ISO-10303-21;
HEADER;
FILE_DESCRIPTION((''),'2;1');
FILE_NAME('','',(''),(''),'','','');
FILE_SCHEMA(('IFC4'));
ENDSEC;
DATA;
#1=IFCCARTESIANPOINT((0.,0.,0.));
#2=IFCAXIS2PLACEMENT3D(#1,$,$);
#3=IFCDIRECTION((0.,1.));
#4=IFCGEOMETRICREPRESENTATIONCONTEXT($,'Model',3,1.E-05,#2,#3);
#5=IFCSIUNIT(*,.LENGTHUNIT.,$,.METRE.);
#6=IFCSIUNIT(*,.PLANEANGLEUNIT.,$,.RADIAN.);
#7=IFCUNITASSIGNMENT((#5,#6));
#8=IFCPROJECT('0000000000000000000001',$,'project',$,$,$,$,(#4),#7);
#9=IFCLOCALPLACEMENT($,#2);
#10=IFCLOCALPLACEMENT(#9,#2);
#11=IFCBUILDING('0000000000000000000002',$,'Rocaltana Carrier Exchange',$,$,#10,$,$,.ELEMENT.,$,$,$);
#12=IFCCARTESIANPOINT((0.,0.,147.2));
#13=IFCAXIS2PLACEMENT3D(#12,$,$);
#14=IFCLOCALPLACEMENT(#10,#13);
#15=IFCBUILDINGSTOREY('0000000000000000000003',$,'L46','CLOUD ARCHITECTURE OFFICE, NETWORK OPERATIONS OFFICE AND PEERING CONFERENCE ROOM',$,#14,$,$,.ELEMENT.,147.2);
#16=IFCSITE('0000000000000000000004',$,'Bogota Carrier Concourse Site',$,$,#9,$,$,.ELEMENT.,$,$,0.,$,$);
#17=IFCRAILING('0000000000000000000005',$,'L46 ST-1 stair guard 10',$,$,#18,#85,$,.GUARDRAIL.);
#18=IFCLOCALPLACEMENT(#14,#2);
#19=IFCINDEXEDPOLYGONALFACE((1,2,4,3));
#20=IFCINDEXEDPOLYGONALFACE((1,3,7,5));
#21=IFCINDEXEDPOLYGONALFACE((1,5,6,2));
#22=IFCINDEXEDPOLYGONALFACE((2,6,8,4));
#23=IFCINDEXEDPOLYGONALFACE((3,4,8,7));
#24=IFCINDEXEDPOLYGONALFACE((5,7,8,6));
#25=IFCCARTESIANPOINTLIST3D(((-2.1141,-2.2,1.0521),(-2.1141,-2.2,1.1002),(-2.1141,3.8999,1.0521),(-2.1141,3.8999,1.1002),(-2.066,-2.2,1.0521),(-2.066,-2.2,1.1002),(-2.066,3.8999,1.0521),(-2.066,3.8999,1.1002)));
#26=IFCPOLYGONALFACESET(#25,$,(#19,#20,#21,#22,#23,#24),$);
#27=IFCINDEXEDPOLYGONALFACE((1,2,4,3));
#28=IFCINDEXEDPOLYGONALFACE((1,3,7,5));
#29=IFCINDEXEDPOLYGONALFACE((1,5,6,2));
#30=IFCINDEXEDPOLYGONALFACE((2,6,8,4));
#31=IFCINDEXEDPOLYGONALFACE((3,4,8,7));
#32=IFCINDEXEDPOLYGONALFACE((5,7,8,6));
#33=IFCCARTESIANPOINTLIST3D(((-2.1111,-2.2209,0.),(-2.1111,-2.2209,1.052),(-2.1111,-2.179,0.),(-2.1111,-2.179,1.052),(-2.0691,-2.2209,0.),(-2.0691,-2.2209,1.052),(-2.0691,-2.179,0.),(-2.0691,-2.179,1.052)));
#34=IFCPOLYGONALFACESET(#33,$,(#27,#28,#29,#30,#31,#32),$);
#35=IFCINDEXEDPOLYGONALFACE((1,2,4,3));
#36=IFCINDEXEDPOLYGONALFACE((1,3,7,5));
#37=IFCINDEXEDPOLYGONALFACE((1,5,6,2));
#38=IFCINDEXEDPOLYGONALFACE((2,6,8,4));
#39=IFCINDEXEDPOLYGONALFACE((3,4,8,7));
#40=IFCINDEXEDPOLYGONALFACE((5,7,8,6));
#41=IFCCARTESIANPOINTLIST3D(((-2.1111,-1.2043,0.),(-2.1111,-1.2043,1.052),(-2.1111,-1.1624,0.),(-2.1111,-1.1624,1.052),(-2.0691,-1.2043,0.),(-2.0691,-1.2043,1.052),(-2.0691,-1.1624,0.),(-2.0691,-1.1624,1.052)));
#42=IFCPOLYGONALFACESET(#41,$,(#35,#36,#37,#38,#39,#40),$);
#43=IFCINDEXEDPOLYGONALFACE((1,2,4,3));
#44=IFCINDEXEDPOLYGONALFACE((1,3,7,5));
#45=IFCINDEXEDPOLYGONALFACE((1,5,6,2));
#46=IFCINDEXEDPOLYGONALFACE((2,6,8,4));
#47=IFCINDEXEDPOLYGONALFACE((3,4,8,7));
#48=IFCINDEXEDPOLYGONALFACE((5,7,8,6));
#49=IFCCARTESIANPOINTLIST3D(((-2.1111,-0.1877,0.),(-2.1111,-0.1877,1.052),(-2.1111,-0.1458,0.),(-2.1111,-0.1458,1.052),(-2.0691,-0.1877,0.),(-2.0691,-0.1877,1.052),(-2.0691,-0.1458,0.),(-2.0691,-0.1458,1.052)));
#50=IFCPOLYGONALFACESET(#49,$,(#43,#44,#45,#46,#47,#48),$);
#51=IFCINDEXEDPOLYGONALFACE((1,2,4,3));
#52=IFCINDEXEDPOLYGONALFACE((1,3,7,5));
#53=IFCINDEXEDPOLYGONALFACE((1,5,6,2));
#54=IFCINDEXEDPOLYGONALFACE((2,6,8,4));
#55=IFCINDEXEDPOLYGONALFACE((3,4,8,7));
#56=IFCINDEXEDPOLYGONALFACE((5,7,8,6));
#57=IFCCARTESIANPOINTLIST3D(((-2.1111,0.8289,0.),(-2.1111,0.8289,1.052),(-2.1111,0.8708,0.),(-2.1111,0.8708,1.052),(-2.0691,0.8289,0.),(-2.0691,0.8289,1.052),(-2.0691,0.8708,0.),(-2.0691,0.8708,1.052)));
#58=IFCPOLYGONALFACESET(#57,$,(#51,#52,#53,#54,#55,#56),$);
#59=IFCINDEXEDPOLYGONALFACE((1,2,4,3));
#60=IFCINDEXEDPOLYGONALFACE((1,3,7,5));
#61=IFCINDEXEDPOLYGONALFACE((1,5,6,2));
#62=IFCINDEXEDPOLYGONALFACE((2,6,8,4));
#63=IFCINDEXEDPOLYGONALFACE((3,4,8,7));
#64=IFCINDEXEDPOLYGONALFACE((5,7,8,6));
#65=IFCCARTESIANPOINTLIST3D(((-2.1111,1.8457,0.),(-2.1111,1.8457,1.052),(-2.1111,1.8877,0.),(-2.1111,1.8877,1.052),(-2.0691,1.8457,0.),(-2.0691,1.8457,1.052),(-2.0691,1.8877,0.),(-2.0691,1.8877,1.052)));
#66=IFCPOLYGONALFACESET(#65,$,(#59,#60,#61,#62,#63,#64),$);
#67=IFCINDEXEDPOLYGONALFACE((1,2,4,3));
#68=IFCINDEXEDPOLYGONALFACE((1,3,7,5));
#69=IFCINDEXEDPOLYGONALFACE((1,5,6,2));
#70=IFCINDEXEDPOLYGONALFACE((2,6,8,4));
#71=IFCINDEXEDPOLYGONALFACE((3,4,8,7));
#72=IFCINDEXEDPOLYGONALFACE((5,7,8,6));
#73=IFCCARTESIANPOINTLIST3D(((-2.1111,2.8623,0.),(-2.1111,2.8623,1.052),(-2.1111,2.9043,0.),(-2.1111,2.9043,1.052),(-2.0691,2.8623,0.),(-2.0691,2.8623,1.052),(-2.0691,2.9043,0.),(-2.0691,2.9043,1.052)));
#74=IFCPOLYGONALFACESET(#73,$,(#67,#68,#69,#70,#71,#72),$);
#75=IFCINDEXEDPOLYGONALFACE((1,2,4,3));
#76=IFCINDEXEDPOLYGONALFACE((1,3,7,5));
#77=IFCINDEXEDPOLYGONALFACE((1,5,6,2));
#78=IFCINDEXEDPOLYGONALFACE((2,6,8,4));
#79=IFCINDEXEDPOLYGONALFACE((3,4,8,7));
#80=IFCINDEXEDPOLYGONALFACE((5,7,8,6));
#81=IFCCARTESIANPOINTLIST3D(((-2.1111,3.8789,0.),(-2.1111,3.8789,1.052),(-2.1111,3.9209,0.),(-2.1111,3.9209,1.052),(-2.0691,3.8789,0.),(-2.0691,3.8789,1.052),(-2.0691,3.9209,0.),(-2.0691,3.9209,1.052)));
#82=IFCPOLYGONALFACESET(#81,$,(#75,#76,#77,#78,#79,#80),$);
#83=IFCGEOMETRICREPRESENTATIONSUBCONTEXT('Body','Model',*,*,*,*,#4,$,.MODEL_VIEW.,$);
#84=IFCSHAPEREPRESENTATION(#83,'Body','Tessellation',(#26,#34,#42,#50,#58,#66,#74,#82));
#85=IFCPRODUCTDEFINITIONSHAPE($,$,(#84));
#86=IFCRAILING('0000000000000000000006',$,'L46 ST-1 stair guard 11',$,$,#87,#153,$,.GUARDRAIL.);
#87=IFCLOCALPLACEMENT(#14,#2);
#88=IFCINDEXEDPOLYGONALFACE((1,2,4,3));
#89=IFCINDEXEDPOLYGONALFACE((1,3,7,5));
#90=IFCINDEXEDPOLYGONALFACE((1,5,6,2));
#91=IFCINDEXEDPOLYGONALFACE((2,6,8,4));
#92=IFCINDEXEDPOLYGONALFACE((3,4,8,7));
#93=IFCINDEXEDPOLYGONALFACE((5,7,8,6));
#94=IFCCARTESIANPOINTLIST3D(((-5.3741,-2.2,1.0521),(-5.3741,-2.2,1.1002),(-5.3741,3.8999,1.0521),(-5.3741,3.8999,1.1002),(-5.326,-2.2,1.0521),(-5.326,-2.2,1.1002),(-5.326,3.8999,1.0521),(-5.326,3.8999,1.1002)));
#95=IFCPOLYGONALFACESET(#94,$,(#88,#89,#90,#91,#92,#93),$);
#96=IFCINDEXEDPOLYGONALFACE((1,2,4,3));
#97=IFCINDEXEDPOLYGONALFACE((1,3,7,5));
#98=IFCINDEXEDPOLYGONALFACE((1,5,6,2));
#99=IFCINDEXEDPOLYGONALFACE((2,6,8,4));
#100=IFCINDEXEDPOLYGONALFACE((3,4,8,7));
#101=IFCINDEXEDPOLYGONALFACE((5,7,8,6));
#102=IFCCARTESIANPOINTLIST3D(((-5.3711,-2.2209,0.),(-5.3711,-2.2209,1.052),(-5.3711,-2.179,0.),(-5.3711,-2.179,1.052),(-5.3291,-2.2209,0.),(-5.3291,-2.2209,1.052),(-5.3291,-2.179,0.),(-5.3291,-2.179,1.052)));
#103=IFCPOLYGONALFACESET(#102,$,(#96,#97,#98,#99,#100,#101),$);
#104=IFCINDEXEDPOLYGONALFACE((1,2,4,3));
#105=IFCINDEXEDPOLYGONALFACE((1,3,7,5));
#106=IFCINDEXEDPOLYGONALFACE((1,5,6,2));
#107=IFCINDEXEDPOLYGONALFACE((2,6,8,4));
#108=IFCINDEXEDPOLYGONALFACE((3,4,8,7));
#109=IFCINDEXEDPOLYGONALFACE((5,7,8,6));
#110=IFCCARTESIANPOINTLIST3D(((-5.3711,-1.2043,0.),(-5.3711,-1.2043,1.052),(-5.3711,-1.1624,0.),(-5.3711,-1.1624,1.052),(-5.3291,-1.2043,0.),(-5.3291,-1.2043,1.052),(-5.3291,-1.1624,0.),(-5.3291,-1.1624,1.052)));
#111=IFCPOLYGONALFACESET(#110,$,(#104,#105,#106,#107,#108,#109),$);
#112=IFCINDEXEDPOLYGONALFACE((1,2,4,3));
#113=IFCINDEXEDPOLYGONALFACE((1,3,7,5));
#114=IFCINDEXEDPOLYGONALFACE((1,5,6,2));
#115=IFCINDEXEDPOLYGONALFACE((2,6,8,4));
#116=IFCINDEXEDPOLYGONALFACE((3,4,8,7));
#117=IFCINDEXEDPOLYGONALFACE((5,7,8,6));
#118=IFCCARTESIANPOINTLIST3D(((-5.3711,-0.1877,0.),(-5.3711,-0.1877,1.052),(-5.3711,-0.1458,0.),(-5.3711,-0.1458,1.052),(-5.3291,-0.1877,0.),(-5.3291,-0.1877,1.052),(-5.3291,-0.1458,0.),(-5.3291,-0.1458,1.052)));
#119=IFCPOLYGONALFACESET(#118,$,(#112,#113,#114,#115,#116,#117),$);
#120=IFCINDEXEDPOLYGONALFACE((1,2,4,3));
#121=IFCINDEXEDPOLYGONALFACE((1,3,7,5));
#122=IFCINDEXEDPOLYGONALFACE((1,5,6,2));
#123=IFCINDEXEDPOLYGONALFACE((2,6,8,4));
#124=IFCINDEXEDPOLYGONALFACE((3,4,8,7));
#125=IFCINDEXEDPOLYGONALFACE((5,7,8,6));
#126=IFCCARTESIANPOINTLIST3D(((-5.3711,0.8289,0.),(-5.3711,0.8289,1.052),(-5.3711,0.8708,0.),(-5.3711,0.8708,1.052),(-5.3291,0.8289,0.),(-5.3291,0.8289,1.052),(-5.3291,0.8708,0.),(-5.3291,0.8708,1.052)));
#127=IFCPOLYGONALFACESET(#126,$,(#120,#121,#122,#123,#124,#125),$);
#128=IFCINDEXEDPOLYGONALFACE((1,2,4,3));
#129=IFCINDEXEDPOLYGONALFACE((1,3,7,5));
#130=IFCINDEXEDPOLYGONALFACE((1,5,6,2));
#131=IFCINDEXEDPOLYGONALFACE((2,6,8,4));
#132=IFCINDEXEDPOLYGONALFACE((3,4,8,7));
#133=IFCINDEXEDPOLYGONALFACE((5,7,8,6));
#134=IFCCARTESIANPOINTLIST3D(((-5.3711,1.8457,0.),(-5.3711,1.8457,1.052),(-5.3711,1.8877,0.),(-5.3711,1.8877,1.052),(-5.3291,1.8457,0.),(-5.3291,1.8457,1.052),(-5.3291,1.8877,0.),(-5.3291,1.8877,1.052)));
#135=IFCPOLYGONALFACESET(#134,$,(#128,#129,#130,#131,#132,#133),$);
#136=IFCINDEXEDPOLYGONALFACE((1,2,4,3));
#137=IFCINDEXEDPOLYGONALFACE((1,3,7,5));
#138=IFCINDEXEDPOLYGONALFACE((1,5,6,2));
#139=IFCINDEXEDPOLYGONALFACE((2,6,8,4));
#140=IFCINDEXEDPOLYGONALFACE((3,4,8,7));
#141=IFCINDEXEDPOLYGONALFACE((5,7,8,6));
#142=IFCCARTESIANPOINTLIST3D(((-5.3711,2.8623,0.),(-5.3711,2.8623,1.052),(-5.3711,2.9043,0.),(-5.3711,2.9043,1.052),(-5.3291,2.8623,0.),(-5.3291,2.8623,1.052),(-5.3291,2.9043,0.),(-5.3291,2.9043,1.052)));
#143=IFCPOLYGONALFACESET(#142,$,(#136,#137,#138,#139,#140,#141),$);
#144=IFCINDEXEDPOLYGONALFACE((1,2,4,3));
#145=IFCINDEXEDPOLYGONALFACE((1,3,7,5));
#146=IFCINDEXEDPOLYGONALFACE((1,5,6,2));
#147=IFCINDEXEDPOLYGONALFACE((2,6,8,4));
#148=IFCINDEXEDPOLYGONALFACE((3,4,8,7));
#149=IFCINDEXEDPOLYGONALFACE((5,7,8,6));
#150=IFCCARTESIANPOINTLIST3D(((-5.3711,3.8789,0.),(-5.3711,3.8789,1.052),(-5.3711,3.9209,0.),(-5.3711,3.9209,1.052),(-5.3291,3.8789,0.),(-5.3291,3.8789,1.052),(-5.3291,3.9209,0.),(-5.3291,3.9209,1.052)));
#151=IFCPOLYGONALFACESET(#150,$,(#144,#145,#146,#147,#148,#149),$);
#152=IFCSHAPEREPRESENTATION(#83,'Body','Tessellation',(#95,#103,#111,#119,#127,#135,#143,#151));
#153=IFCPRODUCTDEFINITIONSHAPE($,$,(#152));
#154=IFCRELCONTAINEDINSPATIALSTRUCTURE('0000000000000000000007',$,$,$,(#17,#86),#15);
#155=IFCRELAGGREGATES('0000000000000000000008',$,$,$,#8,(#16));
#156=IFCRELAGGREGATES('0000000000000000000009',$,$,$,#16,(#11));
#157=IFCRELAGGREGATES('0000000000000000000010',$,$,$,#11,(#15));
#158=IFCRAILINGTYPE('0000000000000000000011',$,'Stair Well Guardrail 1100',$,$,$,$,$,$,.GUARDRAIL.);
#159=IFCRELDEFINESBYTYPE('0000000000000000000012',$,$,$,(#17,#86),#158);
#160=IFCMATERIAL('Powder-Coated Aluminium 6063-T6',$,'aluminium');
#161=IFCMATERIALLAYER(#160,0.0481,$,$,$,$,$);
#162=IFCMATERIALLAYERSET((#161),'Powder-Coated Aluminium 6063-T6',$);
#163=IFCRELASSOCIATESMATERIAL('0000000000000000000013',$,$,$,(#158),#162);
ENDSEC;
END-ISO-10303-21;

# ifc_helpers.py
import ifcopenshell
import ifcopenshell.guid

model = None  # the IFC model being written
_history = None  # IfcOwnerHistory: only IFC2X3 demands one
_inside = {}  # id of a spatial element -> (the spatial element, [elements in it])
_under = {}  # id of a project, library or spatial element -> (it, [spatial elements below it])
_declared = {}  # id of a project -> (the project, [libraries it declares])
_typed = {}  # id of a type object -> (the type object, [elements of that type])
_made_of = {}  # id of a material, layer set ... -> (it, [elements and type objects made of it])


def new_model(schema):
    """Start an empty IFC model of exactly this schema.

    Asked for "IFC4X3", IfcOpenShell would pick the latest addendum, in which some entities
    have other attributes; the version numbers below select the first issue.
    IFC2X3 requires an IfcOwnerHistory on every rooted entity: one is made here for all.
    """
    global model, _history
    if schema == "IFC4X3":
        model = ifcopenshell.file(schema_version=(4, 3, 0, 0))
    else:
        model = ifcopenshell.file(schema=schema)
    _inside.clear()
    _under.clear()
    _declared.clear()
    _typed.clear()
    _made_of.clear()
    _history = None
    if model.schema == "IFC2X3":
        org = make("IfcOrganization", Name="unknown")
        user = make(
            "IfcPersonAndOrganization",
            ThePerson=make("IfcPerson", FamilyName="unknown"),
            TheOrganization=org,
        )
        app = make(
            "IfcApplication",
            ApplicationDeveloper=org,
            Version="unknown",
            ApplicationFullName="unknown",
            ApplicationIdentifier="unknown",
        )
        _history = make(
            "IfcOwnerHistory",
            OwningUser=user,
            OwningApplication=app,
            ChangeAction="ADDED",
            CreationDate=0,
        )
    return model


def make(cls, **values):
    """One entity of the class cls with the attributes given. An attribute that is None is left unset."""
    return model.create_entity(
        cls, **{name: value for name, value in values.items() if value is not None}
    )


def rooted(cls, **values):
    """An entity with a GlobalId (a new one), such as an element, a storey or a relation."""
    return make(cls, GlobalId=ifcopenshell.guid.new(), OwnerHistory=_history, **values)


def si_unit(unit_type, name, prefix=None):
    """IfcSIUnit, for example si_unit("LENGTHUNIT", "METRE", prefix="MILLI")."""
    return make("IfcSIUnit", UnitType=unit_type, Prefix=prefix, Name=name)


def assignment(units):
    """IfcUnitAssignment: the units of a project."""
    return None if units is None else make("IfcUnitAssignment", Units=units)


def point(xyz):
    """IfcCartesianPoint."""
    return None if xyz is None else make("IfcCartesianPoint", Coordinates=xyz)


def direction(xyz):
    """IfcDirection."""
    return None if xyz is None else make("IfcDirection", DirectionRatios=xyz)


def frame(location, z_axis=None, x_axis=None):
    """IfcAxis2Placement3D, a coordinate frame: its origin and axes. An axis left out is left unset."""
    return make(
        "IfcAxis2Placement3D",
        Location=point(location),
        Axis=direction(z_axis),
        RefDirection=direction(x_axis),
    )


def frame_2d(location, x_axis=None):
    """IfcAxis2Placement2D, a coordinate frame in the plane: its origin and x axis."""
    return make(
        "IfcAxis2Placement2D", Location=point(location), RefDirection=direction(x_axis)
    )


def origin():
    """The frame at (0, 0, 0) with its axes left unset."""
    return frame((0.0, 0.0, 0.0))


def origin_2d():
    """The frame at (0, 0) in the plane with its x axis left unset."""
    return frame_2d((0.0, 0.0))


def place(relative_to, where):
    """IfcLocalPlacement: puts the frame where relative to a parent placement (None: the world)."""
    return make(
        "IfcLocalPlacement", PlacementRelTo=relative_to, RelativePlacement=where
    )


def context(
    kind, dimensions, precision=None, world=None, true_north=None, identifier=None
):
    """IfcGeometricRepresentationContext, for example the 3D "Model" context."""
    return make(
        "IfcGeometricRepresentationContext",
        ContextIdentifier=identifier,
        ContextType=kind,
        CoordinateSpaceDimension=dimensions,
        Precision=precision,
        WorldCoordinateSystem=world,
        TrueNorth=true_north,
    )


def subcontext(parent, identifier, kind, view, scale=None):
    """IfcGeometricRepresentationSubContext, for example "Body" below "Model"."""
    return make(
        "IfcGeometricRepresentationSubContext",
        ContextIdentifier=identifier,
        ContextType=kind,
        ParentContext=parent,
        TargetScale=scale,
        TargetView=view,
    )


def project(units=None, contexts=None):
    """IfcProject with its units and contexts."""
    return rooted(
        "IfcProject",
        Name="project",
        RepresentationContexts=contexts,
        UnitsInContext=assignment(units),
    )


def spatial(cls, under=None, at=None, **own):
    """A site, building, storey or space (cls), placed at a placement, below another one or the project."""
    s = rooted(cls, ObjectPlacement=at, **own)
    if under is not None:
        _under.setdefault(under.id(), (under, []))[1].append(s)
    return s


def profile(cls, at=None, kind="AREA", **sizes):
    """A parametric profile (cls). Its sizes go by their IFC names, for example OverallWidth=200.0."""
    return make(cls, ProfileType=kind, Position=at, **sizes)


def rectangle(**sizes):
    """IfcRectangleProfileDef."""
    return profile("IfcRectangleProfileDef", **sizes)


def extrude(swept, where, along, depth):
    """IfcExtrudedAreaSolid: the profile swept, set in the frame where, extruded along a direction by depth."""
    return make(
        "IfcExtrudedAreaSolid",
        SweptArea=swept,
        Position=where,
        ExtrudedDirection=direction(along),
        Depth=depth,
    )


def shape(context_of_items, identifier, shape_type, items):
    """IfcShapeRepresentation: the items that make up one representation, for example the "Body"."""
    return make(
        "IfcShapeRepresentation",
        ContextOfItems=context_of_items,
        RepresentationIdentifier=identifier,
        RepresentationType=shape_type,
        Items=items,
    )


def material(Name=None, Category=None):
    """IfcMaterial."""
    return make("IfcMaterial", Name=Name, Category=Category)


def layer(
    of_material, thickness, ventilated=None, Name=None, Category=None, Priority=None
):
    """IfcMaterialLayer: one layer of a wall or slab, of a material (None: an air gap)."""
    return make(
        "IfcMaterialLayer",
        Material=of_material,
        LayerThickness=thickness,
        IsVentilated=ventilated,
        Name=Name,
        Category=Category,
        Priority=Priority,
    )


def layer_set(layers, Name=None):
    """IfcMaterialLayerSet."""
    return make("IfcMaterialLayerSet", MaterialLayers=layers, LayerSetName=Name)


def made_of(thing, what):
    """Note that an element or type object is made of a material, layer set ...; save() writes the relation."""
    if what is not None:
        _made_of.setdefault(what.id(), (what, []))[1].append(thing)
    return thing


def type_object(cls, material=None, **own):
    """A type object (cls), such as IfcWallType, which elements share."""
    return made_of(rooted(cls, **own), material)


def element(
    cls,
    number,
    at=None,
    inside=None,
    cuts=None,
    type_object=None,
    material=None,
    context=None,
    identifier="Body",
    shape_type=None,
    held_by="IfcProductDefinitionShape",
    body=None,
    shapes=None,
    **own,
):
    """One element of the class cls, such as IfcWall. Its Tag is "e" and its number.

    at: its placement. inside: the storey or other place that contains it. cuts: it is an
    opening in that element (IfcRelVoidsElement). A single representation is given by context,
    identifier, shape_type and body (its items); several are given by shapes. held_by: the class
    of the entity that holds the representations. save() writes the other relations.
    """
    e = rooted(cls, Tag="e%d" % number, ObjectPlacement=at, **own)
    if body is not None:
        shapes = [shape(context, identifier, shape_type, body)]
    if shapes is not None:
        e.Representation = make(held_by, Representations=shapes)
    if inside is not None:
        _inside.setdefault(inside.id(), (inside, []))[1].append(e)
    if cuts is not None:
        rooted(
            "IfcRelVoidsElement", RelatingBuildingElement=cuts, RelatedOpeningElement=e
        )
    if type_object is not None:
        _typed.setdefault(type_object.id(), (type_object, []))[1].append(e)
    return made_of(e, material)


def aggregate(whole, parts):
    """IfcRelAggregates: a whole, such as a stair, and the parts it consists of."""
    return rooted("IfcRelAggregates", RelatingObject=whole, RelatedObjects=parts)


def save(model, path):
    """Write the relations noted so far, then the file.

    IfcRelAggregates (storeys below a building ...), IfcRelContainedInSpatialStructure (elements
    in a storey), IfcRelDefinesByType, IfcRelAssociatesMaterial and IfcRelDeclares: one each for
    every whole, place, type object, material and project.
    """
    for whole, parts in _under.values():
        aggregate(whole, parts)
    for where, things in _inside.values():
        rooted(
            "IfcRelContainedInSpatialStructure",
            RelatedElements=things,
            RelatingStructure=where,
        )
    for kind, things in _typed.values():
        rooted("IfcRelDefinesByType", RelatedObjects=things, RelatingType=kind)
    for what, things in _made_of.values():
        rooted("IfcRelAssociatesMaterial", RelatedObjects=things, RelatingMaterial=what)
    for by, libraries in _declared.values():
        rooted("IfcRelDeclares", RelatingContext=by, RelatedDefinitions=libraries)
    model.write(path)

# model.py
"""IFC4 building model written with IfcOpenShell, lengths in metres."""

from ifc_helpers import new_model, si_unit, direction, frame, origin, origin_2d, place, context, subcontext, project, spatial, rectangle, extrude, material, layer, layer_set, type_object, element, save


model = new_model("IFC4")

# Units and contexts
model_context = context("Model", 3, precision=1e-05, world=origin(), true_north=direction((0.0, 1.0)))
body_context = subcontext(model_context, "Body", "Model", "MODEL_VIEW")
ifc_project = project(units=[si_unit("LENGTHUNIT", "METRE"), si_unit("PLANEANGLEUNIT", "RADIAN")], contexts=[model_context])

# Site, building, storey
site_placement = place(None, origin())
site = spatial("IfcSite", under=ifc_project, at=site_placement, Name="Bogota Carrier Concourse Site", CompositionType="ELEMENT", RefElevation=0.0)
building_placement = place(site_placement, origin())
building = spatial("IfcBuilding", under=site, at=building_placement, Name="Rocaltana Carrier Exchange", CompositionType="ELEMENT")
storey_placement = place(building_placement, frame((0.0, 0.0, 147.2)))
storey = spatial("IfcBuildingStorey", under=building, at=storey_placement, Name="L46", Description="CLOUD ARCHITECTURE OFFICE, NETWORK OPERATIONS OFFICE AND PEERING CONFERENCE ROOM", CompositionType="ELEMENT", Elevation=147.2)

# Railings
ifc_material_1 = material(Name="Powder-Coated Aluminium 6063-T6", Category="aluminium")
ifc_layer_1 = layer(ifc_material_1, 0.0481)
ifc_layer_set_1 = layer_set([ifc_layer_1], Name="Powder-Coated Aluminium 6063-T6")
railing_type_1 = type_object("IfcRailingType", Name="Stair Well Guardrail 1100", PredefinedType="GUARDRAIL", material=ifc_layer_set_1)
for number, where, name in (
    (1, (-2.0901, -2.2, 0.0), "L46 ST-1 stair guard 10"),
    (2, (-5.3501, -2.2, 0.0), "L46 ST-1 stair guard 11"),
):
    element("IfcRailing", number, at=place(storey_placement, frame(where)), inside=storey, type_object=railing_type_1, Name=name, PredefinedType="GUARDRAIL", context=body_context, shape_type="SweptSolid", body=[
        extrude(rectangle(XDim=0.0481, YDim=0.0481, at=origin_2d()), frame((0.0, 0.0, 1.0762), z_axis=(0.0, 1.0, 0.0), x_axis=(-1.0, 0.0, 0.0)), (0.0, 0.0, 1.0), 6.0999),
        extrude(rectangle(XDim=0.042, YDim=0.042, at=origin_2d()), origin(), (0.0, 0.0, 1.0), 1.052),
        extrude(rectangle(XDim=0.042, YDim=0.042, at=origin_2d()), frame((0.0, 1.0166, 0.0)), (0.0, 0.0, 1.0), 1.052),
        extrude(rectangle(XDim=0.042, YDim=0.042, at=origin_2d()), frame((0.0, 2.0332, 0.0)), (0.0, 0.0, 1.0), 1.052),
        extrude(rectangle(XDim=0.042, YDim=0.042, at=origin_2d()), frame((0.0, 3.0498, 0.0)), (0.0, 0.0, 1.0), 1.052),
        extrude(rectangle(XDim=0.042, YDim=0.042, at=origin_2d()), frame((0.0, 4.0667, 0.0)), (0.0, 0.0, 1.0), 1.052),
        extrude(rectangle(XDim=0.042, YDim=0.042, at=origin_2d()), frame((0.0, 5.0833, 0.0)), (0.0, 0.0, 1.0), 1.052),
        extrude(rectangle(XDim=0.042, YDim=0.042, at=origin_2d()), frame((0.0, 6.0999, 0.0)), (0.0, 0.0, 1.0), 1.052),
    ])

save(model, "model.ifc")
